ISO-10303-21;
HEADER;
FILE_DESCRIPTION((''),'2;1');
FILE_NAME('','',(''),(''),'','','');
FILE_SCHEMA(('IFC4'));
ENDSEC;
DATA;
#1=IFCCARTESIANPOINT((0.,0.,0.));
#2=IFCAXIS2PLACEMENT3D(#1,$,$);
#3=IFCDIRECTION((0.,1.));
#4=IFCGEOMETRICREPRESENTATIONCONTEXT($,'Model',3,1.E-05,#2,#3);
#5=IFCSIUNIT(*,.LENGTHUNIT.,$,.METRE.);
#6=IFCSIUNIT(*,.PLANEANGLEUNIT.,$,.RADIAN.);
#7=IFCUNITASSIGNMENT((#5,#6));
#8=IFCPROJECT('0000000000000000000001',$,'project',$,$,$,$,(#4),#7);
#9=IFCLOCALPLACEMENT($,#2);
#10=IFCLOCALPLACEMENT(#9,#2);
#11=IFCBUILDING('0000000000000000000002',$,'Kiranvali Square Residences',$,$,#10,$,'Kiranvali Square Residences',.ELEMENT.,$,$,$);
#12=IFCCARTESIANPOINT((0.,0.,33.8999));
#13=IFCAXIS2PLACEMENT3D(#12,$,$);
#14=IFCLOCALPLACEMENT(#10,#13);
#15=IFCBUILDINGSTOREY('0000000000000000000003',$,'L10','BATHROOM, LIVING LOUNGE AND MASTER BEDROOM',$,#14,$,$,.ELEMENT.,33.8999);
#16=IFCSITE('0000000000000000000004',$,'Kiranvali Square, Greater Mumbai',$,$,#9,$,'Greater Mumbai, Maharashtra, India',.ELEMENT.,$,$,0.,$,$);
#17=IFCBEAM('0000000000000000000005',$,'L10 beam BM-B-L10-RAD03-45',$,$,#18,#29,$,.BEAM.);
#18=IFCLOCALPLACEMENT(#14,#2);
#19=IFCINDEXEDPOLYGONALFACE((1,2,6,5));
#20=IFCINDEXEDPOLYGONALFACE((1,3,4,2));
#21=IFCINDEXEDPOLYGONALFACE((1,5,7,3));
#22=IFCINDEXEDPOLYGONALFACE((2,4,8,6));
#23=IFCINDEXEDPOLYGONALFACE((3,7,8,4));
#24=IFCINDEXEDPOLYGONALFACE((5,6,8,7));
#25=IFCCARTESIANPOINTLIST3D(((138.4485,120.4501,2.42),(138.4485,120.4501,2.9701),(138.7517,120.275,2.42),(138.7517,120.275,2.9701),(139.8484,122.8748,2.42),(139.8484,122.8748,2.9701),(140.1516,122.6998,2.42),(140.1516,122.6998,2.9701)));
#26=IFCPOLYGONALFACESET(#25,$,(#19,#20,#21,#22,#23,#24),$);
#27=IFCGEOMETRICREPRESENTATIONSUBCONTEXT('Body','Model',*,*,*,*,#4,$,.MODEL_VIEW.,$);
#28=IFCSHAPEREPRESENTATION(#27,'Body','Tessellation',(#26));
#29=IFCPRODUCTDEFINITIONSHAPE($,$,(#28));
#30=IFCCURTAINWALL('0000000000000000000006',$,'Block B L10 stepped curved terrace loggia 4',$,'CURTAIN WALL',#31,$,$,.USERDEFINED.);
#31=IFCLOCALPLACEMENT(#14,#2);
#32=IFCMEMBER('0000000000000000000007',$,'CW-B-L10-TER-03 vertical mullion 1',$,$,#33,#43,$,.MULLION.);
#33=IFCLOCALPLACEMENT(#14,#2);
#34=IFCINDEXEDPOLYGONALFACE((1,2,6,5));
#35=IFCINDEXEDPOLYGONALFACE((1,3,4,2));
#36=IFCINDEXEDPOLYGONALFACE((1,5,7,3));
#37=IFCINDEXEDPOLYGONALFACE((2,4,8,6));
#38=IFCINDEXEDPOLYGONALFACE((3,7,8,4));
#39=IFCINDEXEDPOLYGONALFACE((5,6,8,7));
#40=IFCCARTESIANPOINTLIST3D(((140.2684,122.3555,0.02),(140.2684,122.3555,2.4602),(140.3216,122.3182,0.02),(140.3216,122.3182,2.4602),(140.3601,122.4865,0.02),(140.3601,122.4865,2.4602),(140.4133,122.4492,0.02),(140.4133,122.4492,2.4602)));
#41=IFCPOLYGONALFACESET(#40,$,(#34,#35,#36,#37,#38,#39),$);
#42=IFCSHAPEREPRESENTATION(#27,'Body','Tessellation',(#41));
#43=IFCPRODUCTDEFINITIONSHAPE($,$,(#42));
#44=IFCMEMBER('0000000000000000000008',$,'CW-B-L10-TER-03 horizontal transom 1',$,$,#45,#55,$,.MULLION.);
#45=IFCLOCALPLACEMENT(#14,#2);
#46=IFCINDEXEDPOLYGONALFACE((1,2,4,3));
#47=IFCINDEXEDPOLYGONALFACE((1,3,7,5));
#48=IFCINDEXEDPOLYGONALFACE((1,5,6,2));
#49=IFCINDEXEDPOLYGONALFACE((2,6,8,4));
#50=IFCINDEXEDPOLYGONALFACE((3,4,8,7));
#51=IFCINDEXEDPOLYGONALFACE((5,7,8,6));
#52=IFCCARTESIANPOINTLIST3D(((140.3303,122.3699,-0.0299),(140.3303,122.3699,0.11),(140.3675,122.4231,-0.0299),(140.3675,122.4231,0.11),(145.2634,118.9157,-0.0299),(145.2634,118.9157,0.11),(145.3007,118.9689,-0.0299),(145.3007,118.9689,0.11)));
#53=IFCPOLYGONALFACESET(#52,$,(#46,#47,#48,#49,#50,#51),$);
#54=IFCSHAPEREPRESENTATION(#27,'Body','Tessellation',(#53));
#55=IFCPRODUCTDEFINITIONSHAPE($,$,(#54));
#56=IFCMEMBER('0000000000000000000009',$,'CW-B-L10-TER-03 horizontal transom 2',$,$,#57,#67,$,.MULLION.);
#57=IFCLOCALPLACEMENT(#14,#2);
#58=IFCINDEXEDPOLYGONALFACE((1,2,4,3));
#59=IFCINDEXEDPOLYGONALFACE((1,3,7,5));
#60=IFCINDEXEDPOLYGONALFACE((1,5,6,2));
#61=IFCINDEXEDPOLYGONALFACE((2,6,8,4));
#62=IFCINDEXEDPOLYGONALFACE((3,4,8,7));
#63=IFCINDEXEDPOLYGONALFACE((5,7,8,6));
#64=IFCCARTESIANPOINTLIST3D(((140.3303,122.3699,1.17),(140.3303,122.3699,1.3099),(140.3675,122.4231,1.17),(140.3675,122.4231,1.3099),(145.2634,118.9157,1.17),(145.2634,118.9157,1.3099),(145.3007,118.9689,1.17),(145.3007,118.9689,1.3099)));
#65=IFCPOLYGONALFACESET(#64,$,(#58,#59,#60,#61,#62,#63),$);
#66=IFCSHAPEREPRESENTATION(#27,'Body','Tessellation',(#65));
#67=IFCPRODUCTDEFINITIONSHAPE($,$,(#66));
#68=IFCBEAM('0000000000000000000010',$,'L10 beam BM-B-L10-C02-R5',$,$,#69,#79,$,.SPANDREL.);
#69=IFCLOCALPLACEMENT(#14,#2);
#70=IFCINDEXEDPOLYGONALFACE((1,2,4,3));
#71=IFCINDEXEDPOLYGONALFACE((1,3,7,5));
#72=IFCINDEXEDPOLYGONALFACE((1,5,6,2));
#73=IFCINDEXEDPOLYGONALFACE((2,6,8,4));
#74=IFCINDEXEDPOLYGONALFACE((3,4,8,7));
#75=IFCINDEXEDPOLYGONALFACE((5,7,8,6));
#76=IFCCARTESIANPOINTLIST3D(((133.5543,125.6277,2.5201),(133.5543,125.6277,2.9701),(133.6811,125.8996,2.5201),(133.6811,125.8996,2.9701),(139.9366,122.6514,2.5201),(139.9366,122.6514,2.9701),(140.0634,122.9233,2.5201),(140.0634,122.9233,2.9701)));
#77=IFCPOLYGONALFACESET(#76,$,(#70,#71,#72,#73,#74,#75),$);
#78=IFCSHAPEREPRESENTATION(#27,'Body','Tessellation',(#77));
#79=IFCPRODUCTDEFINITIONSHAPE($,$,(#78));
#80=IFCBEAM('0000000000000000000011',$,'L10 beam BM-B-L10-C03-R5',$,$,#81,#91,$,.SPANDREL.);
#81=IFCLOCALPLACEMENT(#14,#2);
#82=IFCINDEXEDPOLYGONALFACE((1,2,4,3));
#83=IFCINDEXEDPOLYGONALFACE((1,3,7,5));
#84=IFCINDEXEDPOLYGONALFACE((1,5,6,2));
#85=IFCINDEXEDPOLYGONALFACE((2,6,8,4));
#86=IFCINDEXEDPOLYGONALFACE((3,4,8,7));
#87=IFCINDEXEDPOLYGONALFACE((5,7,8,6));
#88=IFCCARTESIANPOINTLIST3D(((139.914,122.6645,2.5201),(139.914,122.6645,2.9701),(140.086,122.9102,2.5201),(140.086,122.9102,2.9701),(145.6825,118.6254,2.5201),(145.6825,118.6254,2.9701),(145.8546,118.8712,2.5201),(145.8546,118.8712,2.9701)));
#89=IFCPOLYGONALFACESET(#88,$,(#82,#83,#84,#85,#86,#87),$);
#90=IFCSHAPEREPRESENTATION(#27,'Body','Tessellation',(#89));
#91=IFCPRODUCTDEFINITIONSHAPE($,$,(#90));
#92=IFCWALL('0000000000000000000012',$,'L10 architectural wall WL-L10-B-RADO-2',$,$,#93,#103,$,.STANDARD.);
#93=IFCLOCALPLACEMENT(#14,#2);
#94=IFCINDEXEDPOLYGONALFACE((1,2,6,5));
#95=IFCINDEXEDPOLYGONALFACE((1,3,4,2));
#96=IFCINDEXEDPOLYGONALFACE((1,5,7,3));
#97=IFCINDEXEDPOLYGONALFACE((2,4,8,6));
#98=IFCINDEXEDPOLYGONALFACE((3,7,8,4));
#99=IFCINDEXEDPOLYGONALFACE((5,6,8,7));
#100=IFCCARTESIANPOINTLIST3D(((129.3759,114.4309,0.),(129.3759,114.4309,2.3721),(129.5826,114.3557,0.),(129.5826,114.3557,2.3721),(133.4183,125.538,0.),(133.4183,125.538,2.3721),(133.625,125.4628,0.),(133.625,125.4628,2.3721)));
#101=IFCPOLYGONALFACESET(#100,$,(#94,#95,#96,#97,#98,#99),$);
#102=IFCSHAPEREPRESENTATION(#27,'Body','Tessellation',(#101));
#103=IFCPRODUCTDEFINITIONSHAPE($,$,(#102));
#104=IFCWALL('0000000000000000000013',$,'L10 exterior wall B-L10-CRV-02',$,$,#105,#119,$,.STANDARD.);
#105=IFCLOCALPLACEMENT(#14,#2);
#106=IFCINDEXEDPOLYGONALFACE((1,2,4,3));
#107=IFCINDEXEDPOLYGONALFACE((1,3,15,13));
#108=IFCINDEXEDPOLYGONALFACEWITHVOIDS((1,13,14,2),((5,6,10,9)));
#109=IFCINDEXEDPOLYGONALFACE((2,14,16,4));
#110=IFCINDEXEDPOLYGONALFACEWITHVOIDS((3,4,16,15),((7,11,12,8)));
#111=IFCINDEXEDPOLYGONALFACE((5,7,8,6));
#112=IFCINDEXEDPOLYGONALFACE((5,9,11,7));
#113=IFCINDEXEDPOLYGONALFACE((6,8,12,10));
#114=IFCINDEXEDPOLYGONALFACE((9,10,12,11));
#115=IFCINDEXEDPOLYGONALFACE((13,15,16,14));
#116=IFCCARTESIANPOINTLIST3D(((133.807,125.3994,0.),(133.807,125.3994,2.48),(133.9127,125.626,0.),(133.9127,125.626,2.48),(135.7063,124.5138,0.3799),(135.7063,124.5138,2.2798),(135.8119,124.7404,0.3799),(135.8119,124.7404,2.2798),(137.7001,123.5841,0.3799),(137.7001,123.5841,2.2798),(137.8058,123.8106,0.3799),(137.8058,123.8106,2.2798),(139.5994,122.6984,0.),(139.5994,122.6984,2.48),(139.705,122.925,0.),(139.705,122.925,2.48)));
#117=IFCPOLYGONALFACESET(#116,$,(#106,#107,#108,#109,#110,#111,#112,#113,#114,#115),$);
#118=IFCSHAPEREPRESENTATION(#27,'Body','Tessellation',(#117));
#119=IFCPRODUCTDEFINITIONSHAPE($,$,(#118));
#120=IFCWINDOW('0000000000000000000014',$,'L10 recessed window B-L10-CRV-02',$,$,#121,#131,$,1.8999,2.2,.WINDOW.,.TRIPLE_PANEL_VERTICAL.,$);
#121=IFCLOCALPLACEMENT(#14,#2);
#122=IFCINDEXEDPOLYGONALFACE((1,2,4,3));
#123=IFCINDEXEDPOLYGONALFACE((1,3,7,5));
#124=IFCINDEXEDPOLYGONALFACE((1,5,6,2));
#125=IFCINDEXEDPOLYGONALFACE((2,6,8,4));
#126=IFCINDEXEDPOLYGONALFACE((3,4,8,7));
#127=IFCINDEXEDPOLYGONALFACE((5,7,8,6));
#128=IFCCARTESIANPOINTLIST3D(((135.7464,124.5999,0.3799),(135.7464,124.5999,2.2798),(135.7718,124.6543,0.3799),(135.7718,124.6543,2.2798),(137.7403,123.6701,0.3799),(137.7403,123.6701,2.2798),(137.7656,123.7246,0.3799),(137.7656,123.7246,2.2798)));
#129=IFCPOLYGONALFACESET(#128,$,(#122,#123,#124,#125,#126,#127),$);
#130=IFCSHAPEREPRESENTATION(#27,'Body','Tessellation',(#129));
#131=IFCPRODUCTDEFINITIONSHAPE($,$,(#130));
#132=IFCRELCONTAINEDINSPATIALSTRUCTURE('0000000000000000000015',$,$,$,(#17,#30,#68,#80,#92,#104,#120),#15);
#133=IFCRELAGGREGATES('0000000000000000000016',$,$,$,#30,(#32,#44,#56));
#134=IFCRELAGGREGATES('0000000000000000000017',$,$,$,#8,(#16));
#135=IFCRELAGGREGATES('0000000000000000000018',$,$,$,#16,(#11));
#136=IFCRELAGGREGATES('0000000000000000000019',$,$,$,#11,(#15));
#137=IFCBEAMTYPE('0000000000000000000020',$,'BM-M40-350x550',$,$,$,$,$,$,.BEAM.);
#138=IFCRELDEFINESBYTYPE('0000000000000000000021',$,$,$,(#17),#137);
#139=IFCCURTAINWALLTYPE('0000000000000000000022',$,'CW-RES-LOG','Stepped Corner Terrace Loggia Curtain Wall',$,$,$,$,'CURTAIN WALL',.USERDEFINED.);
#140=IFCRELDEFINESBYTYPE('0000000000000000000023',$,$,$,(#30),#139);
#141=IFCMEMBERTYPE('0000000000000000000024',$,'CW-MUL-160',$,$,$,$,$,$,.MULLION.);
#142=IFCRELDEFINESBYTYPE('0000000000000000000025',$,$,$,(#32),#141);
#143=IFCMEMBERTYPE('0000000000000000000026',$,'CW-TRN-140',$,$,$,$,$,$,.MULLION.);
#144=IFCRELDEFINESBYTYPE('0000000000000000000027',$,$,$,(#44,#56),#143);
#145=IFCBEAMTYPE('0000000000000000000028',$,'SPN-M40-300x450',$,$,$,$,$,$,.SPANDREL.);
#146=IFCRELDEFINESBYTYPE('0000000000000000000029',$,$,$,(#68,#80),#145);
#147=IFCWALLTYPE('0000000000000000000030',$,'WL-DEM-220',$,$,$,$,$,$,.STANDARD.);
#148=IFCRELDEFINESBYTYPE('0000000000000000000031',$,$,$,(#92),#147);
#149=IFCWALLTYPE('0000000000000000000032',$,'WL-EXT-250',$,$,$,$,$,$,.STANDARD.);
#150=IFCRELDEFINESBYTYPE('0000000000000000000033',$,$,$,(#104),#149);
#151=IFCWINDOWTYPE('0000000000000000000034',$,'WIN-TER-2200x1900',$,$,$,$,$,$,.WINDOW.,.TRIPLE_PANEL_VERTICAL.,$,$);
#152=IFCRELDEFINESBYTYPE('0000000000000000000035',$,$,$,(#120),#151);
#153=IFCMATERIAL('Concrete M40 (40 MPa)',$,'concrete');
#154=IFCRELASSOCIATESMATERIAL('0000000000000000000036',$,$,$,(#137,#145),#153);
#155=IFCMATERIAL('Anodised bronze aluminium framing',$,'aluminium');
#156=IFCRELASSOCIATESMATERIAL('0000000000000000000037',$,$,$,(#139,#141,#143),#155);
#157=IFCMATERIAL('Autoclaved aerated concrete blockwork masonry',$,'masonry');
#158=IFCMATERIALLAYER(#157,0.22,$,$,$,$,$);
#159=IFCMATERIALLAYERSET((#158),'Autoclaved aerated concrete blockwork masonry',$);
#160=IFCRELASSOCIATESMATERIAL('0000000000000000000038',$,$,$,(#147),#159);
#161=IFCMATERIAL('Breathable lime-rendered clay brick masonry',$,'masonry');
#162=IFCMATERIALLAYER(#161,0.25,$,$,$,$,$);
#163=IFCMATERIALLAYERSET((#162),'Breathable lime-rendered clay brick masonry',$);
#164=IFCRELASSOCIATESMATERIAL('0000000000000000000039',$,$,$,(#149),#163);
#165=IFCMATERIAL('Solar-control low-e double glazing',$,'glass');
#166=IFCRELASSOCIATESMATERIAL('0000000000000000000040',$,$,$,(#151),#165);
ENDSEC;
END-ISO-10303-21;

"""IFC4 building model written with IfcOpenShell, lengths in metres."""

from ifc_helpers import new_model, si_unit, direction, frame, frame_2d, origin, origin_2d, place, context, subcontext, project, spatial, rectangle, extrude, material, layer, layer_set, material_profile, profile_set, type_object, element, fill, aggregate, save


model = new_model("IFC4")

# Units and contexts
model_context = context("Model", 3, precision=1e-05, world=origin(), true_north=direction((0.0, 1.0)))
body_context = subcontext(model_context, "Body", "Model", "MODEL_VIEW")
ifc_project = project(units=[si_unit("LENGTHUNIT", "METRE"), si_unit("PLANEANGLEUNIT", "RADIAN")], contexts=[model_context])

# Site, building, storey
site_placement = place(None, origin())
site = spatial("IfcSite", under=ifc_project, at=site_placement, Name="Kiranvali Square, Greater Mumbai", LongName="Greater Mumbai, Maharashtra, India", CompositionType="ELEMENT", RefElevation=0.0)
building_placement = place(site_placement, origin())
building = spatial("IfcBuilding", under=site, at=building_placement, Name="Kiranvali Square Residences", LongName="Kiranvali Square Residences", CompositionType="ELEMENT")
storey_placement = place(building_placement, frame((0.0, 0.0, 33.8999)))
storey = spatial("IfcBuildingStorey", under=building, at=storey_placement, Name="L10", Description="BATHROOM, LIVING LOUNGE AND MASTER BEDROOM", CompositionType="ELEMENT", Elevation=33.8999)

# Shared definitions
ifc_material_1 = material(Name="Concrete M40 (40 MPa)", Category="concrete")

# Beam
ifc_material_profile_1 = material_profile(ifc_material_1, rectangle(XDim=0.3501, YDim=0.55, at=origin_2d()), Name="RC 350x550")
ifc_profile_set_1 = profile_set([ifc_material_profile_1], Name="Concrete M40 (40 MPa)")
beam_type_1 = type_object("IfcBeamType", Name="BM-M40-350x550", PredefinedType="BEAM", material=ifc_profile_set_1)
beam_1_placement = place(storey_placement, frame((138.6001, 120.3625, 2.6951), z_axis=(0.499984, 0.866035, 0.0), x_axis=(-0.866035, 0.499984, 0.0)))
element("IfcBeam", 1, at=beam_1_placement, inside=storey, type_object=beam_type_1, Name="L10 beam BM-B-L10-RAD03-45", PredefinedType="BEAM", context=body_context, shape_type="SweptSolid", body=[
    extrude(rectangle(XDim=0.3501, YDim=0.55, at=origin_2d()), origin(), (0.0, 0.0, 1.0), 2.7998),
])

# Curtain wall, members
ifc_material_2 = material(Name="Anodised bronze aluminium framing", Category="aluminium")
curtain_wall_type = type_object("IfcCurtainWallType", Name="CW-RES-LOG", Description="Stepped Corner Terrace Loggia Curtain Wall", ElementType="CURTAIN WALL", PredefinedType="USERDEFINED", material=ifc_material_2)
curtain_wall_placement = place(storey_placement, origin())
curtain_wall = element("IfcCurtainWall", 2, at=curtain_wall_placement, inside=storey, type_object=curtain_wall_type, Name="Block B L10 stepped curved terrace loggia 4", ObjectType="CURTAIN WALL", PredefinedType="USERDEFINED")
ifc_material_profile_2 = material_profile(ifc_material_2, rectangle(XDim=0.0649, YDim=0.1599, at=origin_2d()), Name="ALU 65x160")
ifc_profile_set_2 = profile_set([ifc_material_profile_2], Name="Anodised bronze aluminium framing")
member_type_1 = type_object("IfcMemberType", Name="CW-MUL-160", PredefinedType="MULLION", material=ifc_profile_set_2)
member_1_placement = place(storey_placement, frame((140.3408, 122.4023, 0.02), z_axis=(0.0, 0.0, 1.0), x_axis=(0.819152, -0.573576, 0.0)))
member_1 = element("IfcMember", 3, at=member_1_placement, type_object=member_type_1, Name="CW-B-L10-TER-03 vertical mullion 1", PredefinedType="MULLION", context=body_context, shape_type="SweptSolid", body=[
    extrude(rectangle(XDim=0.0649, YDim=0.1599, at=origin_2d()), origin(), (0.0, 0.0, 1.0), 2.4402),
])
ifc_material_profile_3 = material_profile(ifc_material_2, rectangle(XDim=0.0649, YDim=0.1399, at=origin_2d()), Name="ALU 65x140")
ifc_profile_set_3 = profile_set([ifc_material_profile_3], Name="Anodised bronze aluminium framing")
member_type_2 = type_object("IfcMemberType", Name="CW-TRN-140", PredefinedType="MULLION", material=ifc_profile_set_3)
member_2_placement = place(storey_placement, frame((140.3489, 122.3965, 0.04), z_axis=(0.81916, -0.573566, 0.0), x_axis=(0.573566, 0.81916, 0.0)))
member_2 = element("IfcMember", 4, at=member_2_placement, type_object=member_type_2, Name="CW-B-L10-TER-03 horizontal transom 1", PredefinedType="MULLION", context=body_context, shape_type="SweptSolid", body=[
    extrude(rectangle(XDim=0.0649, YDim=0.1399, at=origin_2d()), origin(), (0.0, 0.0, 1.0), 6.0222),
])
member_3_placement = place(storey_placement, frame((140.3489, 122.3965, 1.24), z_axis=(0.81916, -0.573566, 0.0), x_axis=(0.573566, 0.81916, 0.0)))
member_3 = element("IfcMember", 5, at=member_3_placement, type_object=member_type_2, Name="CW-B-L10-TER-03 horizontal transom 2", PredefinedType="MULLION", context=body_context, shape_type="SweptSolid", body=[
    extrude(rectangle(XDim=0.0649, YDim=0.1399, at=origin_2d()), origin(), (0.0, 0.0, 1.0), 6.0222),
])
aggregate(curtain_wall, [member_1, member_2, member_3])

# Beams
ifc_material_profile_4 = material_profile(ifc_material_1, rectangle(XDim=0.3, YDim=0.45, at=origin_2d()), Name="RC 300x450")
ifc_profile_set_4 = profile_set([ifc_material_profile_4], Name="Concrete M40 (40 MPa)")
beam_type_2 = type_object("IfcBeamType", Name="SPN-M40-300x450", PredefinedType="SPANDREL", material=ifc_profile_set_4)
beam_2_placement = place(storey_placement, frame((133.6177, 125.7637, 2.7451), z_axis=(0.906297, -0.422641, 0.0), x_axis=(0.422641, 0.906297, 0.0)))
element("IfcBeam", 6, at=beam_2_placement, inside=storey, type_object=beam_type_2, Name="L10 beam BM-B-L10-C02-R5", PredefinedType="SPANDREL", context=body_context, shape_type="SweptSolid", body=[
    extrude(rectangle(XDim=0.3, YDim=0.45, at=origin_2d()), origin(), (0.0, 0.0, 1.0), 7.0422),
])
beam_3_placement = place(storey_placement, frame((140.0, 122.7874, 2.7451), z_axis=(0.81916, -0.573565, 0.0), x_axis=(0.573565, 0.81916, 0.0)))
element("IfcBeam", 7, at=beam_3_placement, inside=storey, type_object=beam_type_2, Name="L10 beam BM-B-L10-C03-R5", PredefinedType="SPANDREL", context=body_context, shape_type="SweptSolid", body=[
    extrude(rectangle(XDim=0.3, YDim=0.45, at=origin_2d()), origin(), (0.0, 0.0, 1.0), 7.042),
])

# Shared definitions
ifc_material_3 = material(Name="Autoclaved aerated concrete blockwork masonry", Category="masonry")

# Wall
ifc_layer_1 = layer(ifc_material_3, 0.22)
ifc_layer_set_1 = layer_set([ifc_layer_1], Name="Autoclaved aerated concrete blockwork masonry")
wall_type_1 = type_object("IfcWallType", Name="WL-DEM-220", PredefinedType="STANDARD", material=ifc_layer_set_1)
wall_1_placement = place(storey_placement, frame((129.4792, 114.3933, 0.0), z_axis=(0.0, 0.0, 1.0), x_axis=(0.342005, 0.939698, 0.0)))
element("IfcWall", 8, at=wall_1_placement, inside=storey, type_object=wall_type_1, Name="L10 architectural wall WL-L10-B-RADO-2", PredefinedType="STANDARD", context=body_context, shape_type="SweptSolid", body=[
    extrude(rectangle(XDim=11.8198, YDim=0.22, at=frame_2d((5.9099, 0.0))), origin(), (0.0, 0.0, 1.0), 2.3721),
])

# Wall, opening, window
ifc_material_4 = material(Name="Breathable lime-rendered clay brick masonry", Category="masonry")
ifc_layer_2 = layer(ifc_material_4, 0.25)
ifc_layer_set_2 = layer_set([ifc_layer_2], Name="Breathable lime-rendered clay brick masonry")
wall_type_2 = type_object("IfcWallType", Name="WL-EXT-250", PredefinedType="STANDARD", material=ifc_layer_set_2)
wall_2_placement = place(storey_placement, frame((133.8599, 125.5127, 0.0), z_axis=(0.0, 0.0, 1.0), x_axis=(0.90631, -0.422614, 0.0)))
wall_2 = element("IfcWall", 9, at=wall_2_placement, inside=storey, type_object=wall_type_2, Name="L10 exterior wall B-L10-CRV-02", PredefinedType="STANDARD", context=body_context, shape_type="SweptSolid", body=[
    extrude(rectangle(XDim=6.3911, YDim=0.25, at=frame_2d((3.1956, 0.0))), origin(), (0.0, 0.0, 1.0), 2.48),
])
opening_1_placement = place(wall_2_placement, frame((2.0955, 0.0, 0.3799)))
opening_1 = element("IfcOpeningElement", 10, at=opening_1_placement, cuts=wall_2, PredefinedType="OPENING", context=body_context, shape_type="SweptSolid", body=[
    extrude(rectangle(XDim=2.2, YDim=1.8999, at=frame_2d((1.1001, 0.95))), frame((0.0, 0.135, 0.0), z_axis=(0.0, -1.0, 0.0), x_axis=(1.0, 0.0, 0.0)), (0.0, 0.0, 1.0), 0.27),
])
ifc_material_5 = material(Name="Solar-control low-e double glazing", Category="glass")
window_type = type_object("IfcWindowType", Name="WIN-TER-2200x1900", PartitioningType="TRIPLE_PANEL_VERTICAL", PredefinedType="WINDOW", material=ifc_material_5)
window_placement = place(opening_1_placement, origin())
window = element("IfcWindow", 11, at=window_placement, inside=storey, type_object=window_type, Name="L10 recessed window B-L10-CRV-02", OverallHeight=1.8999, OverallWidth=2.2, PartitioningType="TRIPLE_PANEL_VERTICAL", PredefinedType="WINDOW", context=body_context, shape_type="SweptSolid", body=[
    extrude(rectangle(XDim=2.2, YDim=1.8999, at=frame_2d((1.1001, 0.95))), frame((0.0, 0.03, 0.0), z_axis=(0.0, -1.0, 0.0), x_axis=(1.0, 0.0, 0.0)), (0.0, 0.0, 1.0), 0.0601),
])
fill(opening_1, window)

save(model, "model.ifc")
